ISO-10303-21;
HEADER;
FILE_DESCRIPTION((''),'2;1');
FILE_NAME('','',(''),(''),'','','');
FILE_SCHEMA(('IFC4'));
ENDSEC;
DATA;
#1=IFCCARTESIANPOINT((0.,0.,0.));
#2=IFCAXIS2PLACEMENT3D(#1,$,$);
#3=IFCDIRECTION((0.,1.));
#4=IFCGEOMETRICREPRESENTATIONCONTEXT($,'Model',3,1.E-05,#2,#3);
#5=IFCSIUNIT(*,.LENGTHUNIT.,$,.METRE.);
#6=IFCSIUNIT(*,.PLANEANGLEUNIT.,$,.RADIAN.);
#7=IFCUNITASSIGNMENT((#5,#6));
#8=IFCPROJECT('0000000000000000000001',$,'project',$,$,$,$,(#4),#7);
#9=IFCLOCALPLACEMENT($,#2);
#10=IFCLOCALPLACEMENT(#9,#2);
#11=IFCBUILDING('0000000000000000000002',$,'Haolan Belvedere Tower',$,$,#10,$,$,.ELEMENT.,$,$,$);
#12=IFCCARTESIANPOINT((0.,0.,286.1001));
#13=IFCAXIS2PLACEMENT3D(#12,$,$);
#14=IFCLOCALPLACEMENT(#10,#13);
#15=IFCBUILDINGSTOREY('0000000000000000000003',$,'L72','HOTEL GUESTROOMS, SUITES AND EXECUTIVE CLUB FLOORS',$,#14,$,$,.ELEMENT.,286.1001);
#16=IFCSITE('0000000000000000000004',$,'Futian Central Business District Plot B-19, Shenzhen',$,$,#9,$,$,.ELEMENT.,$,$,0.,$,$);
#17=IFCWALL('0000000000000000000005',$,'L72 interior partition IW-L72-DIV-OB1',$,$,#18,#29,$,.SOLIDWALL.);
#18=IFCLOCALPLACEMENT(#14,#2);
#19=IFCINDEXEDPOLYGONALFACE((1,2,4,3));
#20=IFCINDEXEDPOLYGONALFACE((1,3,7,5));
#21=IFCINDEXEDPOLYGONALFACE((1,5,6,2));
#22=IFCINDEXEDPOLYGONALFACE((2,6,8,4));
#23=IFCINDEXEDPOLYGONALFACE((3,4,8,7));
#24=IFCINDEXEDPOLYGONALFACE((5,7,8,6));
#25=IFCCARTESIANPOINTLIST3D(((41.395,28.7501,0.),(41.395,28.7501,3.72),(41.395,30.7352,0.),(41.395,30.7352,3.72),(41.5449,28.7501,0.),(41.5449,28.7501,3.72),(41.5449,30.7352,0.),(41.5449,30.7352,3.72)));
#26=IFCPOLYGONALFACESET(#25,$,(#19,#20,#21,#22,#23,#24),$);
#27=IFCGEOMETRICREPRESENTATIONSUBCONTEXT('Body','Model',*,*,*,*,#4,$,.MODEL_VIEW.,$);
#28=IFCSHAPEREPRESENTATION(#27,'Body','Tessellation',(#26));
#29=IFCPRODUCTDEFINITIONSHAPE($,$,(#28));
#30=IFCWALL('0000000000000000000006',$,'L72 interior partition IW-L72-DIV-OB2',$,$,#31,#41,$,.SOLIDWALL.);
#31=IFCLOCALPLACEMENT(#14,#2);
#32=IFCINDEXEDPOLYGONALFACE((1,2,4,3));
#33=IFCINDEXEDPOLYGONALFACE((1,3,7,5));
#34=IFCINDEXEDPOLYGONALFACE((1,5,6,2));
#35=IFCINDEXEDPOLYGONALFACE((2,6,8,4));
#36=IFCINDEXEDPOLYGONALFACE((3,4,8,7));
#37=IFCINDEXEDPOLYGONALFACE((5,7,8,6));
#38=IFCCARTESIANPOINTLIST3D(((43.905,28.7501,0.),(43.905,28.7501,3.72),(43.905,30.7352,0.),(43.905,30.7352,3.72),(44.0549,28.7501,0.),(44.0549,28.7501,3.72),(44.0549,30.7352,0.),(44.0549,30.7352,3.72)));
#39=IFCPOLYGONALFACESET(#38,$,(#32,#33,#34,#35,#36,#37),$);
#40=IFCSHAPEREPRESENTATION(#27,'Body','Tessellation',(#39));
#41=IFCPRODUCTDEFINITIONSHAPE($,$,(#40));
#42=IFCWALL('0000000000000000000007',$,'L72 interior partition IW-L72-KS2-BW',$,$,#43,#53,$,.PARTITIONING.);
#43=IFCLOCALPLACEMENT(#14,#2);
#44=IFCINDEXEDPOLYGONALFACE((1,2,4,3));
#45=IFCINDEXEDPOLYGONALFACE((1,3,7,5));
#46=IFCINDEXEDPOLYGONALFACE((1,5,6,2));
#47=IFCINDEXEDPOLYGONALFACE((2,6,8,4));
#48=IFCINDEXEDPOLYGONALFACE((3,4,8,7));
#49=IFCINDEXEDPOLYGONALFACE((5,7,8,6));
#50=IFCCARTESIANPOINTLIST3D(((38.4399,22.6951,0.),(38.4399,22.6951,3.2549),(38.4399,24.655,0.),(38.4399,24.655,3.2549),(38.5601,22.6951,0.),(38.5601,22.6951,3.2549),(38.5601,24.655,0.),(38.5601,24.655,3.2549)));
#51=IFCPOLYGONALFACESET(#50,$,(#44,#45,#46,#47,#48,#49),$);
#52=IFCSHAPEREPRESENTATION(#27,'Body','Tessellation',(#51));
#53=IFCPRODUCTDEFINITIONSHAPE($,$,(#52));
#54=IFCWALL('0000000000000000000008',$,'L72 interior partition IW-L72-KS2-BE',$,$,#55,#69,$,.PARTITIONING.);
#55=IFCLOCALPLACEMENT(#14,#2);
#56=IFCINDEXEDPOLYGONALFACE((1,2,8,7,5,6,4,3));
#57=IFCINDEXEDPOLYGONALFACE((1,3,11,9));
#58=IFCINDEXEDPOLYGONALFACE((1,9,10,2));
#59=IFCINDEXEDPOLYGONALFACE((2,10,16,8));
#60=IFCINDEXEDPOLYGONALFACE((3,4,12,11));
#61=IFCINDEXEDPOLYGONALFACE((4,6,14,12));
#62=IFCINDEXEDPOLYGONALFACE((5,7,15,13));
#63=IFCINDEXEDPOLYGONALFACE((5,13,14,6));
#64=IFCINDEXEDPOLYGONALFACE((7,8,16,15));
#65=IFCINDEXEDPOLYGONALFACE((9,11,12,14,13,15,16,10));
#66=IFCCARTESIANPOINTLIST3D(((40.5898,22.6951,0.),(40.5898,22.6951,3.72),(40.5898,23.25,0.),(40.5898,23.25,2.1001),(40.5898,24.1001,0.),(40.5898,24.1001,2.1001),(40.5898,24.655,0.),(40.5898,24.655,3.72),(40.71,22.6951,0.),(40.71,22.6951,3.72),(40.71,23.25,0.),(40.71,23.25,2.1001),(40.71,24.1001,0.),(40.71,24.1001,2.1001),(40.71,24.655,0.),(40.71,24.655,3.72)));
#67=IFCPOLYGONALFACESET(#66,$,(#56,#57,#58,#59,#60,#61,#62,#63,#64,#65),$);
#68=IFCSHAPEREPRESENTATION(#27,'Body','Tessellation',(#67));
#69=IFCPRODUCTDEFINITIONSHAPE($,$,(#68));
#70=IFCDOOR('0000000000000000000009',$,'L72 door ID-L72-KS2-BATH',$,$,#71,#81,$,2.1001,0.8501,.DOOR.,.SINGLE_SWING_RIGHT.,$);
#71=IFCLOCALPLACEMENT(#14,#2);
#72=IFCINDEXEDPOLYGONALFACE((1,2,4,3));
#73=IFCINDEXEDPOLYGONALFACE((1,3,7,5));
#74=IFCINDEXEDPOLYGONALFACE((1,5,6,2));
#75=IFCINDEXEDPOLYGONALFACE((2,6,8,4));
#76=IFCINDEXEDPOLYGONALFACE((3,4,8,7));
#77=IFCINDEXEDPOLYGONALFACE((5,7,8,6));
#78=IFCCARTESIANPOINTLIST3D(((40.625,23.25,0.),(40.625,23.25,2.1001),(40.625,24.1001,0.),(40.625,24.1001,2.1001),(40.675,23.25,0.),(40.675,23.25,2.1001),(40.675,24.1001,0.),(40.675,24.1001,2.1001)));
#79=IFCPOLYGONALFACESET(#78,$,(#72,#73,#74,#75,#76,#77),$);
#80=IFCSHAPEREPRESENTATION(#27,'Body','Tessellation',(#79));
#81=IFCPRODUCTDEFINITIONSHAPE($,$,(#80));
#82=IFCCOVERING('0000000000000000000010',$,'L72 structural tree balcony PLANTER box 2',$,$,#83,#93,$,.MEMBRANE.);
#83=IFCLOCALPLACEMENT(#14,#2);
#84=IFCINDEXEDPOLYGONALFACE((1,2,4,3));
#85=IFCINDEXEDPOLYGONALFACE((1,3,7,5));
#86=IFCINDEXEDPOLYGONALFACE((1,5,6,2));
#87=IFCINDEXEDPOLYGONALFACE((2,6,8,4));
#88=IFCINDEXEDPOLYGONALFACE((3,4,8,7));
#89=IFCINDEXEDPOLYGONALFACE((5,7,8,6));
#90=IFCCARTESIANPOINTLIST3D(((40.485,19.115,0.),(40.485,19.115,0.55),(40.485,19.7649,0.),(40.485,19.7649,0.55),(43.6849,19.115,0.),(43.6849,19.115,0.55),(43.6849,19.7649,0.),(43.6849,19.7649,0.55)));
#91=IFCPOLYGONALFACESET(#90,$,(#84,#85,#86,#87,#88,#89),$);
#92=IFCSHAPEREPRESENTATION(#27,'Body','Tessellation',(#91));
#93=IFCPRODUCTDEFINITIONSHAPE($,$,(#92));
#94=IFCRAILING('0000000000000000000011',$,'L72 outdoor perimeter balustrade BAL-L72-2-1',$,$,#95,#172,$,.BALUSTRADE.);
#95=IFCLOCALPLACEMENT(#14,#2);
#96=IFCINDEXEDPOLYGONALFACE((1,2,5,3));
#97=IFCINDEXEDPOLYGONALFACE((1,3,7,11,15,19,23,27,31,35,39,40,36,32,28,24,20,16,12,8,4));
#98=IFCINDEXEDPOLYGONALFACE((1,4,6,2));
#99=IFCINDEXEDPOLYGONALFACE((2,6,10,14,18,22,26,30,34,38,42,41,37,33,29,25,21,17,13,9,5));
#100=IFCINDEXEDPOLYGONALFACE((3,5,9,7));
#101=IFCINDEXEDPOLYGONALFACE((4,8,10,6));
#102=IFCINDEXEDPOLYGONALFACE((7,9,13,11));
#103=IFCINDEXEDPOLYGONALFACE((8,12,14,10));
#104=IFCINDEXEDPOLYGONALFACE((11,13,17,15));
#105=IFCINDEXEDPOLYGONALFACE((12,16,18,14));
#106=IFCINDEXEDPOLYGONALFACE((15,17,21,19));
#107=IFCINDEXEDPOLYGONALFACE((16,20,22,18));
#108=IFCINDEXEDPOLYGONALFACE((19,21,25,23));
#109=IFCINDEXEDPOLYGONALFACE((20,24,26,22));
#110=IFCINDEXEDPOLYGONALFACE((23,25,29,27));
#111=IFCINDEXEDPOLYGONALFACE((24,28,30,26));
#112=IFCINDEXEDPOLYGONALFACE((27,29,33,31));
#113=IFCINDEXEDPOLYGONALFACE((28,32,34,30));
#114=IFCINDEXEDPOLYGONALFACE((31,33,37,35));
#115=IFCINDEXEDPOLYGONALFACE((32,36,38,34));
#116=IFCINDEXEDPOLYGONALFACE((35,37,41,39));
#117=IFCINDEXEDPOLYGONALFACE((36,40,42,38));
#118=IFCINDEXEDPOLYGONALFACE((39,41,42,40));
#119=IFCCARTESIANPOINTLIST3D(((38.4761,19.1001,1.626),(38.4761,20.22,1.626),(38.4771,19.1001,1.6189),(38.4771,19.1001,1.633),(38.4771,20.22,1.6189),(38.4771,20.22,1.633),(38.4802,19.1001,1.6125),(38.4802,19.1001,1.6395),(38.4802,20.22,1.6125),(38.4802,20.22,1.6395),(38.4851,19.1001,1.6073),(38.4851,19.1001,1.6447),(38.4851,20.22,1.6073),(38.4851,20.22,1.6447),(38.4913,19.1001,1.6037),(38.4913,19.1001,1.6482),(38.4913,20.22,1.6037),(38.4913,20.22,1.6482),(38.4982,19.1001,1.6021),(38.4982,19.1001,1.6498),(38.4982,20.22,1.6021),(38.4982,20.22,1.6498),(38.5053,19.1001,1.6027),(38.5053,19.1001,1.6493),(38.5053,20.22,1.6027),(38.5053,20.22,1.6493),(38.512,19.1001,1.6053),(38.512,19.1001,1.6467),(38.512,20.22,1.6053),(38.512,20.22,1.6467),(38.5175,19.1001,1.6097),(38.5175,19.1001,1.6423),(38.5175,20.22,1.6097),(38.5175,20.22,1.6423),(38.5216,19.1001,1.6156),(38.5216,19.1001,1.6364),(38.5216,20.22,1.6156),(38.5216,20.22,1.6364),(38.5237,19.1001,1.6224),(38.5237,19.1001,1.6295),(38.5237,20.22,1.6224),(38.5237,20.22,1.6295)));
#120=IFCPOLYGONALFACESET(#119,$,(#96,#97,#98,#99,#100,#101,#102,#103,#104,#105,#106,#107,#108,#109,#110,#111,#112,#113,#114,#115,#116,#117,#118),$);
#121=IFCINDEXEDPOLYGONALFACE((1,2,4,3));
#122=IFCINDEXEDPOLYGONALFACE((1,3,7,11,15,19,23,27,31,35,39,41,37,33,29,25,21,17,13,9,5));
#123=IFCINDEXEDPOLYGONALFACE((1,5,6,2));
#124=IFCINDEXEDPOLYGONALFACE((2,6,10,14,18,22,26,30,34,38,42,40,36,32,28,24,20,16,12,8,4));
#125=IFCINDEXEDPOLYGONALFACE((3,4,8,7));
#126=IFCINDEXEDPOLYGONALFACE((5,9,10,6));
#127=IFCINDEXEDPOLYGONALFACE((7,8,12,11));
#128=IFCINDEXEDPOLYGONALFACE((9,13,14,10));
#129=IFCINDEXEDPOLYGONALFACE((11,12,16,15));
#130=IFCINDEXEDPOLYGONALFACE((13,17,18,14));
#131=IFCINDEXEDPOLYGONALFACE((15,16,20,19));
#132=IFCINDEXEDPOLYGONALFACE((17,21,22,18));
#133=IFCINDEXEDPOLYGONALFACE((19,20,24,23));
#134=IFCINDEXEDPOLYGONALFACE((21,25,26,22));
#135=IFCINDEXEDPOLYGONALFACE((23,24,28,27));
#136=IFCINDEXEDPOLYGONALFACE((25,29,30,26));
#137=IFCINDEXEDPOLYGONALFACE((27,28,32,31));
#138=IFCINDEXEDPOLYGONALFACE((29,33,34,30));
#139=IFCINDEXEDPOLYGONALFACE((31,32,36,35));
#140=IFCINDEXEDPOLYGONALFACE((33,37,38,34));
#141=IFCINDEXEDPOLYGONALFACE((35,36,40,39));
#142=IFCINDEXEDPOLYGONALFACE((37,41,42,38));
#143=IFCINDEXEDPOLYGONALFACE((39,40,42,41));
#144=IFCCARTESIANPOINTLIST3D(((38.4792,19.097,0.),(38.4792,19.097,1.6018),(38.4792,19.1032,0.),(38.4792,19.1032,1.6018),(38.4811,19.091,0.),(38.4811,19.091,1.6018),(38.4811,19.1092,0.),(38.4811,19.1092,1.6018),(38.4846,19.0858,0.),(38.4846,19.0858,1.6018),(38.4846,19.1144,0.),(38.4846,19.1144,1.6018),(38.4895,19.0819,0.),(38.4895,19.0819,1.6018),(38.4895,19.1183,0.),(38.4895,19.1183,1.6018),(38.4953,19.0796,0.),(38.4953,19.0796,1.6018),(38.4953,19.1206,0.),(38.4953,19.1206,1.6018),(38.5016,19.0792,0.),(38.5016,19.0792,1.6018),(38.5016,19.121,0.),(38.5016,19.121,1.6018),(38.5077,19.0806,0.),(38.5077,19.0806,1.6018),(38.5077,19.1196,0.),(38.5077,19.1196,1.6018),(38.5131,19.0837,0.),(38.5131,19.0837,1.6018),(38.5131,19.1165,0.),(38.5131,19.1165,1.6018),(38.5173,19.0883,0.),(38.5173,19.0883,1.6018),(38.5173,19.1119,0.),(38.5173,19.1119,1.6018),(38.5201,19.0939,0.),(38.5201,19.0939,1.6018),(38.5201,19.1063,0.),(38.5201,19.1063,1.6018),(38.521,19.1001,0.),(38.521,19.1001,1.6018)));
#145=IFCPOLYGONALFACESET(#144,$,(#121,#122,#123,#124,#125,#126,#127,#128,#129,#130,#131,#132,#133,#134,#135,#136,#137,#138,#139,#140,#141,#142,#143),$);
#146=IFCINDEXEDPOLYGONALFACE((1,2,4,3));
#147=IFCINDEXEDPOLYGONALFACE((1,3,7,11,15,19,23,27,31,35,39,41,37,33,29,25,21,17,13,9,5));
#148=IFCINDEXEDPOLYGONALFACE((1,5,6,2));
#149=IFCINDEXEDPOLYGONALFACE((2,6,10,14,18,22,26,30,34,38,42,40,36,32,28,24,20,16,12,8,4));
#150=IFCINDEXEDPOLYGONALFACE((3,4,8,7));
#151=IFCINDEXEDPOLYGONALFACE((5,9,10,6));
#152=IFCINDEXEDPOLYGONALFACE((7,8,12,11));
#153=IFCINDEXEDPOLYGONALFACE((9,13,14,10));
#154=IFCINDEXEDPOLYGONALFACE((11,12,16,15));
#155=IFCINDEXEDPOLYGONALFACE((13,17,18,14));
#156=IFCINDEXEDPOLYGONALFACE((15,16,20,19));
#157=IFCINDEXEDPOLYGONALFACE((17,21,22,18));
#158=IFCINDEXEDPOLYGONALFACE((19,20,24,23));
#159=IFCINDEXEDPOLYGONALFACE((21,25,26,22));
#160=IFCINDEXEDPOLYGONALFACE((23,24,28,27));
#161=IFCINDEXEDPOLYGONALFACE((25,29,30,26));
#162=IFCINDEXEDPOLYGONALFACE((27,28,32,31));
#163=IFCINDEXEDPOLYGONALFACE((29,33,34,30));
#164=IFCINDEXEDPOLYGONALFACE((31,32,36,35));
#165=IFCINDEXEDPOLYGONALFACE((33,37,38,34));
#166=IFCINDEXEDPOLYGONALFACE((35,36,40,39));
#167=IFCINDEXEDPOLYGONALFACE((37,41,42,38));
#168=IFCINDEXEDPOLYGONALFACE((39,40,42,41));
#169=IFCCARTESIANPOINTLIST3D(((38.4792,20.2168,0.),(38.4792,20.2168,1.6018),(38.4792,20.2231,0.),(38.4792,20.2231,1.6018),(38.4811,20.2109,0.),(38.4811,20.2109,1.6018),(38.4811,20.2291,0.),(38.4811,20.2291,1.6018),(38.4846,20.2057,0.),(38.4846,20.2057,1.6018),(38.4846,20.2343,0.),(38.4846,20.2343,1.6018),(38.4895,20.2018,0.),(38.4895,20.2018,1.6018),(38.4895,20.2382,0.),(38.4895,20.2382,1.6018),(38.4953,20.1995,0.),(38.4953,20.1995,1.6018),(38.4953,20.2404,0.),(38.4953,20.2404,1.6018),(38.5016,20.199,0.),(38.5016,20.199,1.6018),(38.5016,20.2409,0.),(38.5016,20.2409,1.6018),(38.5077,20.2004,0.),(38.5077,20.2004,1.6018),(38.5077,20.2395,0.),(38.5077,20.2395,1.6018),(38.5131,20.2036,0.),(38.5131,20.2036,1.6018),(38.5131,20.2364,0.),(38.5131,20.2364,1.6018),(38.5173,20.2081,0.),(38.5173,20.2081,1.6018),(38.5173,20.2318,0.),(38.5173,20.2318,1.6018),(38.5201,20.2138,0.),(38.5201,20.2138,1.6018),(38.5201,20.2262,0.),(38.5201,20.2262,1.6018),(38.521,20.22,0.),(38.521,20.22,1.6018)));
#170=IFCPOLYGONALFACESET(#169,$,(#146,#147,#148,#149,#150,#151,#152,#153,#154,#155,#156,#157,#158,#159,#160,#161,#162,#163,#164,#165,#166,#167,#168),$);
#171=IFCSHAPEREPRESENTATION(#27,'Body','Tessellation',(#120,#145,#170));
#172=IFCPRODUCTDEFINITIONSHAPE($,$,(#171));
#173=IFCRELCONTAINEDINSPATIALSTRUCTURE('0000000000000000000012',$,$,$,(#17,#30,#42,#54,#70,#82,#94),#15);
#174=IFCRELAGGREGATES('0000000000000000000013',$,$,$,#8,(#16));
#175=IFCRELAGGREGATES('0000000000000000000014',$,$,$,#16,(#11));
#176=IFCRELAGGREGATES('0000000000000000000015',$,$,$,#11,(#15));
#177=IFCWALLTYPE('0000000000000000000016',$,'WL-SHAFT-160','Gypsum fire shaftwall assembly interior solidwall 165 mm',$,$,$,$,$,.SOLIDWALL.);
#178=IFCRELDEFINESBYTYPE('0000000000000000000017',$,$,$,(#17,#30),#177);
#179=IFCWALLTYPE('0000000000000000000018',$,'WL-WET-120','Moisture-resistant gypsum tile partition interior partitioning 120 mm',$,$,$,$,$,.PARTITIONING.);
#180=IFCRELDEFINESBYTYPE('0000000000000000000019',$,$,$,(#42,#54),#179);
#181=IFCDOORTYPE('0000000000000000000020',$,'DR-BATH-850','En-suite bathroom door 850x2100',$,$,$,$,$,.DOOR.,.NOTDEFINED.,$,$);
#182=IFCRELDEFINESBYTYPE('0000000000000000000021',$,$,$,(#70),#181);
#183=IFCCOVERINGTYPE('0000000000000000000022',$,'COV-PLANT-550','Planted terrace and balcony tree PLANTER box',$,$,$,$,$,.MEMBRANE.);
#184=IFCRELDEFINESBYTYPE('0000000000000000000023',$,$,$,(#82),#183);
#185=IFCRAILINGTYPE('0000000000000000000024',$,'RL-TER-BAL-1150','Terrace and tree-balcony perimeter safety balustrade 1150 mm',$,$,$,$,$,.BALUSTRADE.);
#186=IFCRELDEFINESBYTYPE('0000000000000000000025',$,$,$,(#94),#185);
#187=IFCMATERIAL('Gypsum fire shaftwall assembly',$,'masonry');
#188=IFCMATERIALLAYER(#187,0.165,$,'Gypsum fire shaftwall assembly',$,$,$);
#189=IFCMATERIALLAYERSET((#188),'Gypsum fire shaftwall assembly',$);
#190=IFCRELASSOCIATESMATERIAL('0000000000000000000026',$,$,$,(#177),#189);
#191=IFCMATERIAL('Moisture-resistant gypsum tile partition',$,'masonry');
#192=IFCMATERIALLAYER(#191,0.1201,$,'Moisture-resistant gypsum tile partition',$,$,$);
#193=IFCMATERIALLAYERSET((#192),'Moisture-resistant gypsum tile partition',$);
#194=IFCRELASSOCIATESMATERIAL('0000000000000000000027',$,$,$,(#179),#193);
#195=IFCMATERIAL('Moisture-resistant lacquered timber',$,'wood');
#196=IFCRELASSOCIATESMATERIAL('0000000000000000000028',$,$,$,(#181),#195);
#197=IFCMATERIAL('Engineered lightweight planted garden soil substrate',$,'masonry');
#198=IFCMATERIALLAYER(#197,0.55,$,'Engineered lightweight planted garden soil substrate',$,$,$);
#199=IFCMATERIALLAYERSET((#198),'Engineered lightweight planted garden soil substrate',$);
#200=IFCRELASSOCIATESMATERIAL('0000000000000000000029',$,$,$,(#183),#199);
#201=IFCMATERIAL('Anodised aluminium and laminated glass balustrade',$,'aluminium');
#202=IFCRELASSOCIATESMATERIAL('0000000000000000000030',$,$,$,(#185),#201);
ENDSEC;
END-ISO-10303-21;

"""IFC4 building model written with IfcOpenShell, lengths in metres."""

from ifc_helpers import new_model, si_unit, direction, frame, frame_2d, origin, origin_2d, place, context, subcontext, project, spatial, rectangle, circle, extrude, material, layer, layer_set, type_object, element, fill, save


model = new_model("IFC4")

# Units and contexts
model_context = context("Model", 3, precision=1e-05, world=origin(), true_north=direction((0.0, 1.0)))
body_context = subcontext(model_context, "Body", "Model", "MODEL_VIEW")
ifc_project = project(units=[si_unit("LENGTHUNIT", "METRE"), si_unit("PLANEANGLEUNIT", "RADIAN")], contexts=[model_context])

# Site, building, storey
site_placement = place(None, origin())
site = spatial("IfcSite", under=ifc_project, at=site_placement, Name="Futian Central Business District Plot B-19, Shenzhen", CompositionType="ELEMENT", RefElevation=0.0)
building_placement = place(site_placement, origin())
building = spatial("IfcBuilding", under=site, at=building_placement, Name="Haolan Belvedere Tower", CompositionType="ELEMENT")
storey_placement = place(building_placement, frame((0.0, 0.0, 286.1001)))
storey = spatial("IfcBuildingStorey", under=building, at=storey_placement, Name="L72", Description="HOTEL GUESTROOMS, SUITES AND EXECUTIVE CLUB FLOORS", CompositionType="ELEMENT", Elevation=286.1001)

# Walls
ifc_material_1 = material(Name="Gypsum fire shaftwall assembly", Category="masonry")
ifc_layer_1 = layer(ifc_material_1, 0.165, Name="Gypsum fire shaftwall assembly")
ifc_layer_set_1 = layer_set([ifc_layer_1], Name="Gypsum fire shaftwall assembly")
wall_type_1 = type_object("IfcWallType", Name="WL-SHAFT-160", Description="Gypsum fire shaftwall assembly interior solidwall 165 mm", PredefinedType="SOLIDWALL", material=ifc_layer_set_1)
for number, where, z_axis, x_axis, name in (
    (1, (41.47, 28.75, 0.0), (0.0, 0.0, 1.0), (0.0, 1.0, 0.0), "L72 interior partition IW-L72-DIV-OB1"),
    (2, (43.98, 28.75, 0.0), (0.0, 0.0, 1.0), (0.0, 1.0, 0.0), "L72 interior partition IW-L72-DIV-OB2"),
):
    element("IfcWall", number, at=place(storey_placement, frame(where, z_axis=z_axis, x_axis=x_axis)), inside=storey, type_object=wall_type_1, Name=name, PredefinedType="SOLIDWALL", context=body_context, shape_type="SweptSolid", body=[
        extrude(rectangle(XDim=1.9851, YDim=0.1499, at=frame_2d((0.9927, 0.0))), origin(), (0.0, 0.0, 1.0), 3.72),
    ])
ifc_material_2 = material(Name="Moisture-resistant gypsum tile partition", Category="masonry")
ifc_layer_2 = layer(ifc_material_2, 0.1201, Name="Moisture-resistant gypsum tile partition")
ifc_layer_set_2 = layer_set([ifc_layer_2], Name="Moisture-resistant gypsum tile partition")
wall_type_2 = type_object("IfcWallType", Name="WL-WET-120", Description="Moisture-resistant gypsum tile partition interior partitioning 120 mm", PredefinedType="PARTITIONING", material=ifc_layer_set_2)
wall_1_placement = place(storey_placement, frame((38.5, 22.6951, 0.0), z_axis=(0.0, 0.0, 1.0), x_axis=(0.0, 1.0, 0.0)))
element("IfcWall", 3, at=wall_1_placement, inside=storey, type_object=wall_type_2, Name="L72 interior partition IW-L72-KS2-BW", PredefinedType="PARTITIONING", context=body_context, shape_type="SweptSolid", body=[
    extrude(rectangle(XDim=1.96, YDim=0.1201, at=frame_2d((0.98, 0.0))), origin(), (0.0, 0.0, 1.0), 3.2549),
])

# Wall, opening, door
wall_2_placement = place(storey_placement, frame((40.6499, 22.6951, 0.0), z_axis=(0.0, 0.0, 1.0), x_axis=(0.0, 1.0, 0.0)))
wall_2 = element("IfcWall", 4, at=wall_2_placement, inside=storey, type_object=wall_type_2, Name="L72 interior partition IW-L72-KS2-BE", PredefinedType="PARTITIONING", context=body_context, shape_type="SweptSolid", body=[
    extrude(rectangle(XDim=1.96, YDim=0.1201, at=frame_2d((0.98, 0.0))), origin(), (0.0, 0.0, 1.0), 3.72),
])
opening_placement = place(wall_2_placement, frame((0.5549, 0.0, 0.0)))
opening = element("IfcOpeningElement", 5, at=opening_placement, cuts=wall_2, PredefinedType="OPENING", context=body_context, shape_type="SweptSolid", body=[
    extrude(rectangle(XDim=0.8501, YDim=2.1001, at=frame_2d((0.425, 1.05))), frame((0.0, 0.0701, 0.0), z_axis=(0.0, -1.0, 0.0), x_axis=(1.0, 0.0, 0.0)), (0.0, 0.0, 1.0), 0.1401),
])
ifc_material_3 = material(Name="Moisture-resistant lacquered timber", Category="wood")
door_type = type_object("IfcDoorType", Name="DR-BATH-850", Description="En-suite bathroom door 850x2100", OperationType="NOTDEFINED", PredefinedType="DOOR", material=ifc_material_3)
door_placement = place(opening_placement, origin())
door = element("IfcDoor", 6, at=door_placement, inside=storey, type_object=door_type, Name="L72 door ID-L72-KS2-BATH", OperationType="SINGLE_SWING_RIGHT", OverallHeight=2.1001, OverallWidth=0.8501, PredefinedType="DOOR", context=body_context, shape_type="SweptSolid", body=[
    extrude(rectangle(XDim=0.8501, YDim=2.1001, at=frame_2d((0.425, 1.05))), frame((0.0, 0.0249, 0.0), z_axis=(0.0, -1.0, 0.0), x_axis=(1.0, 0.0, 0.0)), (0.0, 0.0, 1.0), 0.05),
])
fill(opening, door)

# Covering
ifc_material_4 = material(Name="Engineered lightweight planted garden soil substrate", Category="masonry")
ifc_layer_3 = layer(ifc_material_4, 0.55, Name="Engineered lightweight planted garden soil substrate")
ifc_layer_set_3 = layer_set([ifc_layer_3], Name="Engineered lightweight planted garden soil substrate")
covering_type = type_object("IfcCoveringType", Name="COV-PLANT-550", Description="Planted terrace and balcony tree PLANTER box", PredefinedType="MEMBRANE", material=ifc_layer_set_3)
covering_placement = place(storey_placement, frame((42.085, 19.4399, 0.0), z_axis=(0.0, 0.0, 1.0), x_axis=(1.0, 0.0, 0.0)))
element("IfcCovering", 7, at=covering_placement, inside=storey, type_object=covering_type, Name="L72 structural tree balcony PLANTER box 2", PredefinedType="MEMBRANE", context=body_context, shape_type="SweptSolid", body=[
    extrude(rectangle(XDim=3.2, YDim=0.6499, at=origin_2d()), origin(), (0.0, 0.0, 1.0), 0.55),
])

# Railing
ifc_material_5 = material(Name="Anodised aluminium and laminated glass balustrade", Category="aluminium")
railing_type = type_object("IfcRailingType", Name="RL-TER-BAL-1150", Description="Terrace and tree-balcony perimeter safety balustrade 1150 mm", PredefinedType="BALUSTRADE", material=ifc_material_5)
railing_1_placement = place(storey_placement, frame((38.5, 19.1001, 0.0)))
element("IfcRailing", 8, at=railing_1_placement, inside=storey, type_object=railing_type, Name="L72 outdoor perimeter balustrade BAL-L72-2-1", PredefinedType="BALUSTRADE", context=body_context, shape_type="SweptSolid", body=[
    extrude(circle(Radius=0.0239, at=origin_2d()), frame((0.0, 0.0, 1.626), z_axis=(0.0, 1.0, 0.0), x_axis=(-1.0, 0.0, 0.0)), (0.0, 0.0, 1.0), 1.1199),
    extrude(circle(Radius=0.021, at=origin_2d()), origin(), (0.0, 0.0, 1.0), 1.6018),
    extrude(circle(Radius=0.021, at=origin_2d()), frame((0.0, 1.1199, 0.0)), (0.0, 0.0, 1.0), 1.6018),
])

save(model, "model.ifc")
